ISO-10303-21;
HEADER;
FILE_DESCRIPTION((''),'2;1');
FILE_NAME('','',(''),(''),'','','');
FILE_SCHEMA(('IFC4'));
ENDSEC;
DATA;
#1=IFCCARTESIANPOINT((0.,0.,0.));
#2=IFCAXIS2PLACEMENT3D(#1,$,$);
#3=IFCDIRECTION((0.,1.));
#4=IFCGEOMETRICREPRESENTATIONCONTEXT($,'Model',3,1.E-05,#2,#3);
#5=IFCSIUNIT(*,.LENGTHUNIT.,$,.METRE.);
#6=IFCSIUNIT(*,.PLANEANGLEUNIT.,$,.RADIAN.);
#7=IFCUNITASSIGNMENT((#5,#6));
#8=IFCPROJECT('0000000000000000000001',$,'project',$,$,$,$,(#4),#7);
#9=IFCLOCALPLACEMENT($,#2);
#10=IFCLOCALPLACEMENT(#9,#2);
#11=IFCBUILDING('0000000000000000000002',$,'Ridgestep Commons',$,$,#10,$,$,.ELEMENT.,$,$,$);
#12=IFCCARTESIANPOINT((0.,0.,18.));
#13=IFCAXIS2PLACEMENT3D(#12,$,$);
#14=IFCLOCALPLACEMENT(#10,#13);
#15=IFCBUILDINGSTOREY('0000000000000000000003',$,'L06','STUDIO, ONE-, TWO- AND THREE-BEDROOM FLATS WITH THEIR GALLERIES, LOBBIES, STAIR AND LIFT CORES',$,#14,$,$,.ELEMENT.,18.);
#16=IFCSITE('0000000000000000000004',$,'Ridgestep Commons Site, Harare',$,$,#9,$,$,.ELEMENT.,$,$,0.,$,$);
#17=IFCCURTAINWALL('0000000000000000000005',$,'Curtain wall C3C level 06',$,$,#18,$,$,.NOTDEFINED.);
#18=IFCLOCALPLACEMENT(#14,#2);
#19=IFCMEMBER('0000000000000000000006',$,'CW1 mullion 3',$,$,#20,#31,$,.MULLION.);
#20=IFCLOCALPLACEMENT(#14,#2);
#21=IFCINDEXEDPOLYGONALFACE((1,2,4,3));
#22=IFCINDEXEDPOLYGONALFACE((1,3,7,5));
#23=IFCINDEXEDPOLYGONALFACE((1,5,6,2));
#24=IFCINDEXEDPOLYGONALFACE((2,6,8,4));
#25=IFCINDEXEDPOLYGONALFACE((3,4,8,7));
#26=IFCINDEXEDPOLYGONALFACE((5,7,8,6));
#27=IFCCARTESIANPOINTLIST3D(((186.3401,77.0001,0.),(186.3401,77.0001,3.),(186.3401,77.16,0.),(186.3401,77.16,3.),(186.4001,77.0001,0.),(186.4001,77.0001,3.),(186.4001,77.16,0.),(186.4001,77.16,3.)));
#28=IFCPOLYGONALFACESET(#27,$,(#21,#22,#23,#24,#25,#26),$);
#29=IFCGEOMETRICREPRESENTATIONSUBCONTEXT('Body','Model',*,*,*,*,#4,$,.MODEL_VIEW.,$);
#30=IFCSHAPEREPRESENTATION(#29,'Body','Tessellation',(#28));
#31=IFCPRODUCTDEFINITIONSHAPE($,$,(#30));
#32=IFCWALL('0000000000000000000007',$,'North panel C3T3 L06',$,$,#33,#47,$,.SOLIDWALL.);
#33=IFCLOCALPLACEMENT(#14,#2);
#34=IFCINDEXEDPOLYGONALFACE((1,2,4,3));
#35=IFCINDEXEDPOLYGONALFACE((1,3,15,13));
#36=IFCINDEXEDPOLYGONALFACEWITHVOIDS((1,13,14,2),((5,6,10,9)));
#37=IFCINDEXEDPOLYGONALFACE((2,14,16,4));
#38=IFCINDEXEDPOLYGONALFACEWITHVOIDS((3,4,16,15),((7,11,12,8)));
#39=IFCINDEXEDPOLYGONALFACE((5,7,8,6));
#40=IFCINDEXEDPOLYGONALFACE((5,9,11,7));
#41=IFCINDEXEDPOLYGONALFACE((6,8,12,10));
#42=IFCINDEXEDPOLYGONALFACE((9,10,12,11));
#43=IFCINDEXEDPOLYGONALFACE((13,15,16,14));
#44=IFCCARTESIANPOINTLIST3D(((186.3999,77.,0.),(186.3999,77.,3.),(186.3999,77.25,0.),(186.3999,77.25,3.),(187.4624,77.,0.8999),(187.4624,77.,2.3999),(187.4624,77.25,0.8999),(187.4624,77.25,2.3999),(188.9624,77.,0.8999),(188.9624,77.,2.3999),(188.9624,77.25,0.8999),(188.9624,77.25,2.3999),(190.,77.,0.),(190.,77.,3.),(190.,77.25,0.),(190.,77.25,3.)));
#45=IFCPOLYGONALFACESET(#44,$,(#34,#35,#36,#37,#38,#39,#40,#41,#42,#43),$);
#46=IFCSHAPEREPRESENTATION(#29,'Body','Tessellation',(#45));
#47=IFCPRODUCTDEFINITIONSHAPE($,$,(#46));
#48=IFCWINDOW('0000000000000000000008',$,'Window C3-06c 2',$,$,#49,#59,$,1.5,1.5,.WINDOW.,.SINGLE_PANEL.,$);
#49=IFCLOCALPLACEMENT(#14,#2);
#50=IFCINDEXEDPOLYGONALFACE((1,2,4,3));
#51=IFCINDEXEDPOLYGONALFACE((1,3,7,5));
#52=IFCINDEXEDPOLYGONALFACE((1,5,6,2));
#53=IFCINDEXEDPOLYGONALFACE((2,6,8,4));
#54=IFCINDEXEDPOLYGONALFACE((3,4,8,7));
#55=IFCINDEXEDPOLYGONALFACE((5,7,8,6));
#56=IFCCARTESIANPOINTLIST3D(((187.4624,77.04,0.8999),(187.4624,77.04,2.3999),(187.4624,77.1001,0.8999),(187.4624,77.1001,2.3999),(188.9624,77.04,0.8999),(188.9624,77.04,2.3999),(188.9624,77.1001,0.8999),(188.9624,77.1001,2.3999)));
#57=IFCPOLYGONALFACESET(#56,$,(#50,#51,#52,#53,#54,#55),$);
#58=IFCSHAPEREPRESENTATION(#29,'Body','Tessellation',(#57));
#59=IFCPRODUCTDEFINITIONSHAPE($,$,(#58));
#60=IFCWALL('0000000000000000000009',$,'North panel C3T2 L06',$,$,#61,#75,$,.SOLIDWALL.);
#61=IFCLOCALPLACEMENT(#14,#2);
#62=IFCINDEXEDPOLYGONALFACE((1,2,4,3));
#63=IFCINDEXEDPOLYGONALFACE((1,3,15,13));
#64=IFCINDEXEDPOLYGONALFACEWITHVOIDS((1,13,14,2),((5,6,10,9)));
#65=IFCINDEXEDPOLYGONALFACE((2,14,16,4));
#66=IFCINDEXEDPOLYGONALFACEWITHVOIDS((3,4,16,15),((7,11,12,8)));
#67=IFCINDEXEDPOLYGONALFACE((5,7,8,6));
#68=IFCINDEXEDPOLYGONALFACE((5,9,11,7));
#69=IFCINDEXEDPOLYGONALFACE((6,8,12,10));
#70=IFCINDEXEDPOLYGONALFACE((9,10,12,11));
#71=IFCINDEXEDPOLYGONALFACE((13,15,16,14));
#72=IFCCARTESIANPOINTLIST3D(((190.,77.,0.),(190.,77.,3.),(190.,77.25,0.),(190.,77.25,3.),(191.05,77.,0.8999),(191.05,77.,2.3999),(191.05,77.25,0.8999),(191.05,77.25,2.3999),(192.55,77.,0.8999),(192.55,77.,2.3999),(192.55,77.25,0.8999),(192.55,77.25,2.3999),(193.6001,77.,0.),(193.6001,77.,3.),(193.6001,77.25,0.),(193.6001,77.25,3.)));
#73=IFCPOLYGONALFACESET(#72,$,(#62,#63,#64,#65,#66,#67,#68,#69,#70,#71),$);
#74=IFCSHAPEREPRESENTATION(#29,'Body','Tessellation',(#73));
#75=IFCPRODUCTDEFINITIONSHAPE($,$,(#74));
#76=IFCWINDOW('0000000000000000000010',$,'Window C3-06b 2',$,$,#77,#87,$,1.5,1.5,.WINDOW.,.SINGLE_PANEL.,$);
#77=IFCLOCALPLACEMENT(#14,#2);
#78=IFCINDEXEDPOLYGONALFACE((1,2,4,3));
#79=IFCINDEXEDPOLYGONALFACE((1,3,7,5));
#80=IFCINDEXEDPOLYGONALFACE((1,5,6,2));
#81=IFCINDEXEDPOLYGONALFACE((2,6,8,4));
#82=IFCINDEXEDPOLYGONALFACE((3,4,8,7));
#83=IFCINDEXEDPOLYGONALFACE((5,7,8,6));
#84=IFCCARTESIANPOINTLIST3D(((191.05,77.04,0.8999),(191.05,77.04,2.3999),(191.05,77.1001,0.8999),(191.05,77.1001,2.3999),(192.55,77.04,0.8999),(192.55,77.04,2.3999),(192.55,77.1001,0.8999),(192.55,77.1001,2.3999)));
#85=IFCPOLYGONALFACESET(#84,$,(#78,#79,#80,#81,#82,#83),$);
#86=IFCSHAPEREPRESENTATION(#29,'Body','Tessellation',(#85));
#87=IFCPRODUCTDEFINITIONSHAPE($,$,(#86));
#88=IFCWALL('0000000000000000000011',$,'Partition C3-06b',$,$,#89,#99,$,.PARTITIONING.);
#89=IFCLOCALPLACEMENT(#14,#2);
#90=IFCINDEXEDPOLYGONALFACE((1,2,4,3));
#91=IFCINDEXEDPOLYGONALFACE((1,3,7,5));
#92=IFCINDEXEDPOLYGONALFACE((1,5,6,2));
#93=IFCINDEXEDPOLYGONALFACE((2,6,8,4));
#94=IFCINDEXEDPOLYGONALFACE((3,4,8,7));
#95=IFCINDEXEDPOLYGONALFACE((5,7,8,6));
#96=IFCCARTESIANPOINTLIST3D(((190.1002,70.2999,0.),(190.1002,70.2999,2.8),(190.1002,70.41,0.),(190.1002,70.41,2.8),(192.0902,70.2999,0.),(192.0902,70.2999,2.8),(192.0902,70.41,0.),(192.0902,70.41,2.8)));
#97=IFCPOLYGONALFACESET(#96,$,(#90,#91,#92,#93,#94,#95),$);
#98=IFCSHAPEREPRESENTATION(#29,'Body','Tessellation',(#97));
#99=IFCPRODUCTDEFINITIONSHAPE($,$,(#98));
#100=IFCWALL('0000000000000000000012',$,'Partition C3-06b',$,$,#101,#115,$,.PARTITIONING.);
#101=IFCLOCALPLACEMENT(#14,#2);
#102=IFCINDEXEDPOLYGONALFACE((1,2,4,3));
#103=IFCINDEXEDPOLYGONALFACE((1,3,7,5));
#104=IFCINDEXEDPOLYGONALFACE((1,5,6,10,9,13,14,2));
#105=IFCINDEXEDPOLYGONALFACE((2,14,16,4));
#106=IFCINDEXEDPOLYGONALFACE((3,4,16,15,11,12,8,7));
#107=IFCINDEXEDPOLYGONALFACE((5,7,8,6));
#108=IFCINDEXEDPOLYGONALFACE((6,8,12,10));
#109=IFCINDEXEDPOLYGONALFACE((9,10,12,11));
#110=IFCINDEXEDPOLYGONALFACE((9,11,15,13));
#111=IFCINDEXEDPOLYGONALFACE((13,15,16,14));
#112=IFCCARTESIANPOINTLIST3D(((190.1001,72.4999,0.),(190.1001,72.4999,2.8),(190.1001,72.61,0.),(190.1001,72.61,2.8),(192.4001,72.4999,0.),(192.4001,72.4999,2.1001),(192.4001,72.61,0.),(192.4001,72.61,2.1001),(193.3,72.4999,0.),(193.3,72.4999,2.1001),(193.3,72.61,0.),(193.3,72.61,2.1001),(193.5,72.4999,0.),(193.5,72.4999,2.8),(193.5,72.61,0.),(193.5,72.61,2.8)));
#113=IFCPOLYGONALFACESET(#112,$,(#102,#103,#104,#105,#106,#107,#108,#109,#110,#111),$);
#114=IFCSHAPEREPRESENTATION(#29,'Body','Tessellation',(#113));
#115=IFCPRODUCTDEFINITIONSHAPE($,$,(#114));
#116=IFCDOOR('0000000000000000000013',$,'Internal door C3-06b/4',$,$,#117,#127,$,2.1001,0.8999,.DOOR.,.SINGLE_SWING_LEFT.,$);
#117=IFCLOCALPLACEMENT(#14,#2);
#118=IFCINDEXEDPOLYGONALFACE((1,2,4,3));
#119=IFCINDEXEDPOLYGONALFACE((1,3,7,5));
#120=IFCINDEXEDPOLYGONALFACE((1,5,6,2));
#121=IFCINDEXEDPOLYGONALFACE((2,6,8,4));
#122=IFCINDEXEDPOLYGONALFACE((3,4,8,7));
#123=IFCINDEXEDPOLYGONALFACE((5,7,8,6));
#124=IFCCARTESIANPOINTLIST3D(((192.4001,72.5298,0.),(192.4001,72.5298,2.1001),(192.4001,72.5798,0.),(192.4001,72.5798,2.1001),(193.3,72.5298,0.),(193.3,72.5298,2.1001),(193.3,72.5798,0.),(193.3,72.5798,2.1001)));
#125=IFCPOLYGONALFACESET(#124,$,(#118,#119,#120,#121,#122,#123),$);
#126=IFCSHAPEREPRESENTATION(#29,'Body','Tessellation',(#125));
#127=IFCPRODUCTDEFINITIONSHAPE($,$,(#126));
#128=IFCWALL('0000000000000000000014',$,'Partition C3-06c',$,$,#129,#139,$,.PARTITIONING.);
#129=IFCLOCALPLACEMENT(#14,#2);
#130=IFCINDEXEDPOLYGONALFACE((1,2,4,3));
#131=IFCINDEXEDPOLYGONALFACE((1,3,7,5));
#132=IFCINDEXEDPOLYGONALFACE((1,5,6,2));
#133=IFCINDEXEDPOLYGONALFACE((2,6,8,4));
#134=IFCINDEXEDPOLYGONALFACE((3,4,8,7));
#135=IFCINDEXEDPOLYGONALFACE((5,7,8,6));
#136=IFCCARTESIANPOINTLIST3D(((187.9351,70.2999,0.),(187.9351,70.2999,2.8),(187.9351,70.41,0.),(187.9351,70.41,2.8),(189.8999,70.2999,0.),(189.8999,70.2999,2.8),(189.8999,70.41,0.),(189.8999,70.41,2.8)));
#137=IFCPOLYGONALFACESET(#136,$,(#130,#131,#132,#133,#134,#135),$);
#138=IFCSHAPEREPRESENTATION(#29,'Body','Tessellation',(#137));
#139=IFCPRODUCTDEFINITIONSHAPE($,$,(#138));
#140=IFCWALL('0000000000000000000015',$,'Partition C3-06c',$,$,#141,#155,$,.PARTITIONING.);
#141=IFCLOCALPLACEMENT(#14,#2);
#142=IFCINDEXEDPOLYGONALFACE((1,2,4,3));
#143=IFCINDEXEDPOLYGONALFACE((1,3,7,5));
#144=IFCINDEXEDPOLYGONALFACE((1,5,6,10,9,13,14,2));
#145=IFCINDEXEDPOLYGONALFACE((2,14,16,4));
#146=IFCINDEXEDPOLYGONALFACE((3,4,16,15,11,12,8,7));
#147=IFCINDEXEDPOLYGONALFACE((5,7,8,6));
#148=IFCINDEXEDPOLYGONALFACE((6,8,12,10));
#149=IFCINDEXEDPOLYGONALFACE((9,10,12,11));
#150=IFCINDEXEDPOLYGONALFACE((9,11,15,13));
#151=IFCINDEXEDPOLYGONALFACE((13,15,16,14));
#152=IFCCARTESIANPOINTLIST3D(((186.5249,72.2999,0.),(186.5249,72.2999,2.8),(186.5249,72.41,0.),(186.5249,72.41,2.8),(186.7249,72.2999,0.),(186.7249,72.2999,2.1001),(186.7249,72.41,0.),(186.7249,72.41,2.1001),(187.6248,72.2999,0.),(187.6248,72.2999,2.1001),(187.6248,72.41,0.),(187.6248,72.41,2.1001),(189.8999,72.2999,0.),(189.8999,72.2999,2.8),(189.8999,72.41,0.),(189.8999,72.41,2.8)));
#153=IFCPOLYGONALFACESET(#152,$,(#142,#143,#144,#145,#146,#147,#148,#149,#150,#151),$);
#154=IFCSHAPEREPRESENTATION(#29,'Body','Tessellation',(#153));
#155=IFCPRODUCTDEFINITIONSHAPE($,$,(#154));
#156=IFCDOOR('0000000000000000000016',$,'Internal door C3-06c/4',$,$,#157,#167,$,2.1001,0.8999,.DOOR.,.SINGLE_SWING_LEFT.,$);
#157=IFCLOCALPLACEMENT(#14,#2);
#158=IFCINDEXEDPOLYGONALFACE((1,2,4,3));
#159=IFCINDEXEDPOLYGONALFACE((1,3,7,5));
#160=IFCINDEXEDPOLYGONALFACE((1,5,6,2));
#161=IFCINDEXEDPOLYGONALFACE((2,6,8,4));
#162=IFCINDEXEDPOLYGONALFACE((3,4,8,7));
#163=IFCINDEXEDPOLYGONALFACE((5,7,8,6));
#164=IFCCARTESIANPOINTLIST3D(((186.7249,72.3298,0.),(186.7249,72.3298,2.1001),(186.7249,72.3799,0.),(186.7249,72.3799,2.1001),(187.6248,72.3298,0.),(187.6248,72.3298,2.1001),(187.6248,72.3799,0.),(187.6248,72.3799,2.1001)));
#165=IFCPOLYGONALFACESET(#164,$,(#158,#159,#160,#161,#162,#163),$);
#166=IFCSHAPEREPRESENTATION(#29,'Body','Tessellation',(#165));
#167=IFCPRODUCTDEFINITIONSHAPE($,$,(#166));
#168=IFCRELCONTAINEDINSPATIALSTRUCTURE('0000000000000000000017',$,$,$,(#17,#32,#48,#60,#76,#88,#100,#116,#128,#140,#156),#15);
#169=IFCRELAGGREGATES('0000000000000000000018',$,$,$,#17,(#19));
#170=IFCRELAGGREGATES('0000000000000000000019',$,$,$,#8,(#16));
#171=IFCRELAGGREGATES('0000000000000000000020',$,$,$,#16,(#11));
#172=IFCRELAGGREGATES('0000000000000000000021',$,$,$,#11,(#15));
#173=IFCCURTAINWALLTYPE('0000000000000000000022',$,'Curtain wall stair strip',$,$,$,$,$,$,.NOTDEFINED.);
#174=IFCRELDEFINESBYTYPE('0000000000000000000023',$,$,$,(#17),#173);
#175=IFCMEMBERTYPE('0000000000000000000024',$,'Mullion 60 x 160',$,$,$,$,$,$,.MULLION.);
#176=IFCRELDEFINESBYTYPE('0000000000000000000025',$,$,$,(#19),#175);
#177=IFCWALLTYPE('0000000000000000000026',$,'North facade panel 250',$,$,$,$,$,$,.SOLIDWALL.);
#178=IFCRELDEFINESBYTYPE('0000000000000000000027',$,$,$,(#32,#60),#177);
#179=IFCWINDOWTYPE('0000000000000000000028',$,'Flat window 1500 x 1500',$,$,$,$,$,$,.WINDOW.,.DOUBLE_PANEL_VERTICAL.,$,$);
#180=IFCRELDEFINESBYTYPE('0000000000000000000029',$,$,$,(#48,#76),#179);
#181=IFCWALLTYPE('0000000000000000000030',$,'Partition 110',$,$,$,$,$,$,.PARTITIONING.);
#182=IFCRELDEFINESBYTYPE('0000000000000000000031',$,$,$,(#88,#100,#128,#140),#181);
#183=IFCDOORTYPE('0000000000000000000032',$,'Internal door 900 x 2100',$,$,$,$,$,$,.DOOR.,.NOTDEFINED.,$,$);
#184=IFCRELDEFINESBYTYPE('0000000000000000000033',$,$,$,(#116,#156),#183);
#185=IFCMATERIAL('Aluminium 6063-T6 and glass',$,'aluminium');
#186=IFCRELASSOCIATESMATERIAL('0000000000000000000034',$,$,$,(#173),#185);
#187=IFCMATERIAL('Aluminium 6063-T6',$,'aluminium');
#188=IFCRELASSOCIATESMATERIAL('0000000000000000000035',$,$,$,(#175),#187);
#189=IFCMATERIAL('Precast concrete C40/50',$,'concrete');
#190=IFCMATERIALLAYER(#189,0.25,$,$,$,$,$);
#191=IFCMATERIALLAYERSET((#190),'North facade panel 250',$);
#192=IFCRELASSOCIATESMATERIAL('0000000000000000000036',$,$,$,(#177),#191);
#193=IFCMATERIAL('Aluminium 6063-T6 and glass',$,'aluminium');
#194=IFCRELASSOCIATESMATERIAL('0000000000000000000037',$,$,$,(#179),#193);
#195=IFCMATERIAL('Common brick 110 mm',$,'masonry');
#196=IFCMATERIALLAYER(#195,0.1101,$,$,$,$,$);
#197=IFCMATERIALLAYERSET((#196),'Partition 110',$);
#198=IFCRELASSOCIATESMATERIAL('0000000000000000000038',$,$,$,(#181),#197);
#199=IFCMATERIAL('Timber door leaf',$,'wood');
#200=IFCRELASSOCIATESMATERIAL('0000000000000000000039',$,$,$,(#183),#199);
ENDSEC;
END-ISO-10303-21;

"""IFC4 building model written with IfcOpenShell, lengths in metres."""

from ifc_helpers import new_model, si_unit, direction, frame, frame_2d, origin, origin_2d, place, context, subcontext, project, spatial, rectangle, extrude, material, layer, layer_set, material_profile, profile_set, type_object, element, fill, aggregate, save


model = new_model("IFC4")

# Units and contexts
model_context = context("Model", 3, precision=1e-05, world=origin(), true_north=direction((0.0, 1.0)))
body_context = subcontext(model_context, "Body", "Model", "MODEL_VIEW")
ifc_project = project(units=[si_unit("LENGTHUNIT", "METRE"), si_unit("PLANEANGLEUNIT", "RADIAN")], contexts=[model_context])

# Site, building, storey
site_placement = place(None, origin())
site = spatial("IfcSite", under=ifc_project, at=site_placement, Name="Ridgestep Commons Site, Harare", CompositionType="ELEMENT", RefElevation=0.0)
building_placement = place(site_placement, origin())
building = spatial("IfcBuilding", under=site, at=building_placement, Name="Ridgestep Commons", CompositionType="ELEMENT")
storey_placement = place(building_placement, frame((0.0, 0.0, 18.0)))
storey = spatial("IfcBuildingStorey", under=building, at=storey_placement, Name="L06", Description="STUDIO, ONE-, TWO- AND THREE-BEDROOM FLATS WITH THEIR GALLERIES, LOBBIES, STAIR AND LIFT CORES", CompositionType="ELEMENT", Elevation=18.0)

# Curtain wall, member
ifc_material_1 = material(Name="Aluminium 6063-T6 and glass", Category="aluminium")
curtain_wall_type = type_object("IfcCurtainWallType", Name="Curtain wall stair strip", PredefinedType="NOTDEFINED", material=ifc_material_1)
curtain_wall_placement = place(storey_placement, origin())
curtain_wall = element("IfcCurtainWall", 1, at=curtain_wall_placement, inside=storey, type_object=curtain_wall_type, Name="Curtain wall C3C level 06", PredefinedType="NOTDEFINED")
ifc_material_2 = material(Name="Aluminium 6063-T6", Category="aluminium")
ifc_material_profile = material_profile(ifc_material_2, rectangle(XDim=0.1599, YDim=0.0601, at=origin_2d()), Name="Mullion 60 x 160")
ifc_profile_set = profile_set([ifc_material_profile], Name="Aluminium 6063-T6")
member_type = type_object("IfcMemberType", Name="Mullion 60 x 160", PredefinedType="MULLION", material=ifc_profile_set)
member_placement = place(storey_placement, frame((186.3701, 77.0801, 0.0), z_axis=(0.0, 0.0, 1.0), x_axis=(0.0, 1.0, 0.0)))
member = element("IfcMember", 2, at=member_placement, type_object=member_type, Name="CW1 mullion 3", PredefinedType="MULLION", context=body_context, shape_type="SweptSolid", body=[
    extrude(rectangle(XDim=0.1599, YDim=0.0601, at=origin_2d()), origin(), (0.0, 0.0, 1.0), 3.0),
])
aggregate(curtain_wall, [member])

# Walls, openings, windows
ifc_material_3 = material(Name="Precast concrete C40/50", Category="concrete")
ifc_layer_1 = layer(ifc_material_3, 0.25)
ifc_layer_set_1 = layer_set([ifc_layer_1], Name="North facade panel 250")
wall_type_1 = type_object("IfcWallType", Name="North facade panel 250", PredefinedType="SOLIDWALL", material=ifc_layer_set_1)
wall_1_placement = place(storey_placement, frame((186.3999, 77.125, 0.0), z_axis=(0.0, 0.0, 1.0), x_axis=(1.0, 0.0, 0.0)))
wall_1 = element("IfcWall", 3, at=wall_1_placement, inside=storey, type_object=wall_type_1, Name="North panel C3T3 L06", PredefinedType="SOLIDWALL", context=body_context, shape_type="SweptSolid", body=[
    extrude(rectangle(XDim=3.6001, YDim=0.25, at=frame_2d((1.8, 0.0))), origin(), (0.0, 0.0, 1.0), 3.0),
])
opening_1_placement = place(wall_1_placement, frame((1.0625, 0.0, 0.8999)))
opening_1 = element("IfcOpeningElement", 4, at=opening_1_placement, cuts=wall_1, PredefinedType="OPENING", context=body_context, shape_type="SweptSolid", body=[
    extrude(rectangle(XDim=1.5, YDim=1.5, at=frame_2d((0.75, 0.75))), frame((0.0, 0.135, 0.0), z_axis=(0.0, -1.0, 0.0), x_axis=(1.0, 0.0, 0.0)), (0.0, 0.0, 1.0), 0.27),
])
ifc_material_4 = material(Name="Aluminium 6063-T6 and glass", Category="aluminium")
window_type = type_object("IfcWindowType", Name="Flat window 1500 x 1500", PartitioningType="DOUBLE_PANEL_VERTICAL", PredefinedType="WINDOW", material=ifc_material_4)
window_1_placement = place(opening_1_placement, origin())
window_1 = element("IfcWindow", 5, at=window_1_placement, inside=storey, type_object=window_type, Name="Window C3-06c 2", OverallHeight=1.5, OverallWidth=1.5, PartitioningType="SINGLE_PANEL", PredefinedType="WINDOW", context=body_context, shape_type="SweptSolid", body=[
    extrude(rectangle(XDim=1.5, YDim=1.5, at=frame_2d((0.75, 0.75))), frame((0.0, -0.0249, 0.0), z_axis=(0.0, -1.0, 0.0), x_axis=(1.0, 0.0, 0.0)), (0.0, 0.0, 1.0), 0.0601),
])
fill(opening_1, window_1)
wall_2_placement = place(storey_placement, frame((190.0, 77.125, 0.0), z_axis=(0.0, 0.0, 1.0), x_axis=(1.0, 0.0, 0.0)))
wall_2 = element("IfcWall", 6, at=wall_2_placement, inside=storey, type_object=wall_type_1, Name="North panel C3T2 L06", PredefinedType="SOLIDWALL", context=body_context, shape_type="SweptSolid", body=[
    extrude(rectangle(XDim=3.6001, YDim=0.25, at=frame_2d((1.8, 0.0))), origin(), (0.0, 0.0, 1.0), 3.0),
])
opening_2_placement = place(wall_2_placement, frame((1.05, 0.0, 0.8999)))
opening_2 = element("IfcOpeningElement", 7, at=opening_2_placement, cuts=wall_2, PredefinedType="OPENING", context=body_context, shape_type="SweptSolid", body=[
    extrude(rectangle(XDim=1.5, YDim=1.5, at=frame_2d((0.75, 0.75))), frame((0.0, 0.135, 0.0), z_axis=(0.0, -1.0, 0.0), x_axis=(1.0, 0.0, 0.0)), (0.0, 0.0, 1.0), 0.27),
])
window_2_placement = place(opening_2_placement, origin())
window_2 = element("IfcWindow", 8, at=window_2_placement, inside=storey, type_object=window_type, Name="Window C3-06b 2", OverallHeight=1.5, OverallWidth=1.5, PartitioningType="SINGLE_PANEL", PredefinedType="WINDOW", context=body_context, shape_type="SweptSolid", body=[
    extrude(rectangle(XDim=1.5, YDim=1.5, at=frame_2d((0.75, 0.75))), frame((0.0, -0.0249, 0.0), z_axis=(0.0, -1.0, 0.0), x_axis=(1.0, 0.0, 0.0)), (0.0, 0.0, 1.0), 0.0601),
])
fill(opening_2, window_2)

# Wall
ifc_material_5 = material(Name="Common brick 110 mm", Category="masonry")
ifc_layer_2 = layer(ifc_material_5, 0.1101)
ifc_layer_set_2 = layer_set([ifc_layer_2], Name="Partition 110")
wall_type_2 = type_object("IfcWallType", Name="Partition 110", PredefinedType="PARTITIONING", material=ifc_layer_set_2)
wall_3_placement = place(storey_placement, frame((190.1001, 70.355, 0.0), z_axis=(0.0, 0.0, 1.0), x_axis=(1.0, 0.0, 0.0)))
element("IfcWall", 9, at=wall_3_placement, inside=storey, type_object=wall_type_2, Name="Partition C3-06b", PredefinedType="PARTITIONING", context=body_context, shape_type="SweptSolid", body=[
    extrude(rectangle(XDim=1.99, YDim=0.1101, at=frame_2d((0.9951, 0.0))), origin(), (0.0, 0.0, 1.0), 2.8),
])

# Wall, opening, door
wall_4_placement = place(storey_placement, frame((190.1001, 72.5549, 0.0), z_axis=(0.0, 0.0, 1.0), x_axis=(1.0, 0.0, 0.0)))
wall_4 = element("IfcWall", 10, at=wall_4_placement, inside=storey, type_object=wall_type_2, Name="Partition C3-06b", PredefinedType="PARTITIONING", context=body_context, shape_type="SweptSolid", body=[
    extrude(rectangle(XDim=3.3999, YDim=0.1101, at=frame_2d((1.7, 0.0))), origin(), (0.0, 0.0, 1.0), 2.8),
])
opening_3_placement = place(wall_4_placement, frame((2.3, 0.0, 0.0)))
opening_3 = element("IfcOpeningElement", 11, at=opening_3_placement, cuts=wall_4, PredefinedType="OPENING", context=body_context, shape_type="SweptSolid", body=[
    extrude(rectangle(XDim=0.8999, YDim=2.1001, at=frame_2d((0.45, 1.05))), frame((0.0, 0.0649, 0.0), z_axis=(0.0, -1.0, 0.0), x_axis=(1.0, 0.0, 0.0)), (0.0, 0.0, 1.0), 0.1301),
])
ifc_material_6 = material(Name="Timber door leaf", Category="wood")
door_type = type_object("IfcDoorType", Name="Internal door 900 x 2100", OperationType="NOTDEFINED", PredefinedType="DOOR", material=ifc_material_6)
door_1_placement = place(opening_3_placement, origin())
door_1 = element("IfcDoor", 12, at=door_1_placement, inside=storey, type_object=door_type, Name="Internal door C3-06b/4", OperationType="SINGLE_SWING_LEFT", OverallHeight=2.1001, OverallWidth=0.8999, PredefinedType="DOOR", context=body_context, shape_type="SweptSolid", body=[
    extrude(rectangle(XDim=0.8999, YDim=2.1001, at=frame_2d((0.45, 1.05))), frame((0.0, 0.0249, 0.0), z_axis=(0.0, -1.0, 0.0), x_axis=(1.0, 0.0, 0.0)), (0.0, 0.0, 1.0), 0.05),
])
fill(opening_3, door_1)

# Wall
wall_5_placement = place(storey_placement, frame((187.9351, 70.355, 0.0), z_axis=(0.0, 0.0, 1.0), x_axis=(1.0, 0.0, 0.0)))
element("IfcWall", 13, at=wall_5_placement, inside=storey, type_object=wall_type_2, Name="Partition C3-06c", PredefinedType="PARTITIONING", context=body_context, shape_type="SweptSolid", body=[
    extrude(rectangle(XDim=1.9648, YDim=0.1101, at=frame_2d((0.9824, 0.0))), origin(), (0.0, 0.0, 1.0), 2.8),
])

# Wall, opening, door
wall_6_placement = place(storey_placement, frame((186.5249, 72.355, 0.0), z_axis=(0.0, 0.0, 1.0), x_axis=(1.0, 0.0, 0.0)))
wall_6 = element("IfcWall", 14, at=wall_6_placement, inside=storey, type_object=wall_type_2, Name="Partition C3-06c", PredefinedType="PARTITIONING", context=body_context, shape_type="SweptSolid", body=[
    extrude(rectangle(XDim=3.375, YDim=0.1101, at=frame_2d((1.6875, 0.0))), origin(), (0.0, 0.0, 1.0), 2.8),
])
opening_4_placement = place(wall_6_placement, frame((0.2, 0.0, 0.0)))
opening_4 = element("IfcOpeningElement", 15, at=opening_4_placement, cuts=wall_6, PredefinedType="OPENING", context=body_context, shape_type="SweptSolid", body=[
    extrude(rectangle(XDim=0.8999, YDim=2.1001, at=frame_2d((0.45, 1.05))), frame((0.0, 0.0649, 0.0), z_axis=(0.0, -1.0, 0.0), x_axis=(1.0, 0.0, 0.0)), (0.0, 0.0, 1.0), 0.1301),
])
door_2_placement = place(opening_4_placement, origin())
door_2 = element("IfcDoor", 16, at=door_2_placement, inside=storey, type_object=door_type, Name="Internal door C3-06c/4", OperationType="SINGLE_SWING_LEFT", OverallHeight=2.1001, OverallWidth=0.8999, PredefinedType="DOOR", context=body_context, shape_type="SweptSolid", body=[
    extrude(rectangle(XDim=0.8999, YDim=2.1001, at=frame_2d((0.45, 1.05))), frame((0.0, 0.0249, 0.0), z_axis=(0.0, -1.0, 0.0), x_axis=(1.0, 0.0, 0.0)), (0.0, 0.0, 1.0), 0.05),
])
fill(opening_4, door_2)

save(model, "model.ifc")
